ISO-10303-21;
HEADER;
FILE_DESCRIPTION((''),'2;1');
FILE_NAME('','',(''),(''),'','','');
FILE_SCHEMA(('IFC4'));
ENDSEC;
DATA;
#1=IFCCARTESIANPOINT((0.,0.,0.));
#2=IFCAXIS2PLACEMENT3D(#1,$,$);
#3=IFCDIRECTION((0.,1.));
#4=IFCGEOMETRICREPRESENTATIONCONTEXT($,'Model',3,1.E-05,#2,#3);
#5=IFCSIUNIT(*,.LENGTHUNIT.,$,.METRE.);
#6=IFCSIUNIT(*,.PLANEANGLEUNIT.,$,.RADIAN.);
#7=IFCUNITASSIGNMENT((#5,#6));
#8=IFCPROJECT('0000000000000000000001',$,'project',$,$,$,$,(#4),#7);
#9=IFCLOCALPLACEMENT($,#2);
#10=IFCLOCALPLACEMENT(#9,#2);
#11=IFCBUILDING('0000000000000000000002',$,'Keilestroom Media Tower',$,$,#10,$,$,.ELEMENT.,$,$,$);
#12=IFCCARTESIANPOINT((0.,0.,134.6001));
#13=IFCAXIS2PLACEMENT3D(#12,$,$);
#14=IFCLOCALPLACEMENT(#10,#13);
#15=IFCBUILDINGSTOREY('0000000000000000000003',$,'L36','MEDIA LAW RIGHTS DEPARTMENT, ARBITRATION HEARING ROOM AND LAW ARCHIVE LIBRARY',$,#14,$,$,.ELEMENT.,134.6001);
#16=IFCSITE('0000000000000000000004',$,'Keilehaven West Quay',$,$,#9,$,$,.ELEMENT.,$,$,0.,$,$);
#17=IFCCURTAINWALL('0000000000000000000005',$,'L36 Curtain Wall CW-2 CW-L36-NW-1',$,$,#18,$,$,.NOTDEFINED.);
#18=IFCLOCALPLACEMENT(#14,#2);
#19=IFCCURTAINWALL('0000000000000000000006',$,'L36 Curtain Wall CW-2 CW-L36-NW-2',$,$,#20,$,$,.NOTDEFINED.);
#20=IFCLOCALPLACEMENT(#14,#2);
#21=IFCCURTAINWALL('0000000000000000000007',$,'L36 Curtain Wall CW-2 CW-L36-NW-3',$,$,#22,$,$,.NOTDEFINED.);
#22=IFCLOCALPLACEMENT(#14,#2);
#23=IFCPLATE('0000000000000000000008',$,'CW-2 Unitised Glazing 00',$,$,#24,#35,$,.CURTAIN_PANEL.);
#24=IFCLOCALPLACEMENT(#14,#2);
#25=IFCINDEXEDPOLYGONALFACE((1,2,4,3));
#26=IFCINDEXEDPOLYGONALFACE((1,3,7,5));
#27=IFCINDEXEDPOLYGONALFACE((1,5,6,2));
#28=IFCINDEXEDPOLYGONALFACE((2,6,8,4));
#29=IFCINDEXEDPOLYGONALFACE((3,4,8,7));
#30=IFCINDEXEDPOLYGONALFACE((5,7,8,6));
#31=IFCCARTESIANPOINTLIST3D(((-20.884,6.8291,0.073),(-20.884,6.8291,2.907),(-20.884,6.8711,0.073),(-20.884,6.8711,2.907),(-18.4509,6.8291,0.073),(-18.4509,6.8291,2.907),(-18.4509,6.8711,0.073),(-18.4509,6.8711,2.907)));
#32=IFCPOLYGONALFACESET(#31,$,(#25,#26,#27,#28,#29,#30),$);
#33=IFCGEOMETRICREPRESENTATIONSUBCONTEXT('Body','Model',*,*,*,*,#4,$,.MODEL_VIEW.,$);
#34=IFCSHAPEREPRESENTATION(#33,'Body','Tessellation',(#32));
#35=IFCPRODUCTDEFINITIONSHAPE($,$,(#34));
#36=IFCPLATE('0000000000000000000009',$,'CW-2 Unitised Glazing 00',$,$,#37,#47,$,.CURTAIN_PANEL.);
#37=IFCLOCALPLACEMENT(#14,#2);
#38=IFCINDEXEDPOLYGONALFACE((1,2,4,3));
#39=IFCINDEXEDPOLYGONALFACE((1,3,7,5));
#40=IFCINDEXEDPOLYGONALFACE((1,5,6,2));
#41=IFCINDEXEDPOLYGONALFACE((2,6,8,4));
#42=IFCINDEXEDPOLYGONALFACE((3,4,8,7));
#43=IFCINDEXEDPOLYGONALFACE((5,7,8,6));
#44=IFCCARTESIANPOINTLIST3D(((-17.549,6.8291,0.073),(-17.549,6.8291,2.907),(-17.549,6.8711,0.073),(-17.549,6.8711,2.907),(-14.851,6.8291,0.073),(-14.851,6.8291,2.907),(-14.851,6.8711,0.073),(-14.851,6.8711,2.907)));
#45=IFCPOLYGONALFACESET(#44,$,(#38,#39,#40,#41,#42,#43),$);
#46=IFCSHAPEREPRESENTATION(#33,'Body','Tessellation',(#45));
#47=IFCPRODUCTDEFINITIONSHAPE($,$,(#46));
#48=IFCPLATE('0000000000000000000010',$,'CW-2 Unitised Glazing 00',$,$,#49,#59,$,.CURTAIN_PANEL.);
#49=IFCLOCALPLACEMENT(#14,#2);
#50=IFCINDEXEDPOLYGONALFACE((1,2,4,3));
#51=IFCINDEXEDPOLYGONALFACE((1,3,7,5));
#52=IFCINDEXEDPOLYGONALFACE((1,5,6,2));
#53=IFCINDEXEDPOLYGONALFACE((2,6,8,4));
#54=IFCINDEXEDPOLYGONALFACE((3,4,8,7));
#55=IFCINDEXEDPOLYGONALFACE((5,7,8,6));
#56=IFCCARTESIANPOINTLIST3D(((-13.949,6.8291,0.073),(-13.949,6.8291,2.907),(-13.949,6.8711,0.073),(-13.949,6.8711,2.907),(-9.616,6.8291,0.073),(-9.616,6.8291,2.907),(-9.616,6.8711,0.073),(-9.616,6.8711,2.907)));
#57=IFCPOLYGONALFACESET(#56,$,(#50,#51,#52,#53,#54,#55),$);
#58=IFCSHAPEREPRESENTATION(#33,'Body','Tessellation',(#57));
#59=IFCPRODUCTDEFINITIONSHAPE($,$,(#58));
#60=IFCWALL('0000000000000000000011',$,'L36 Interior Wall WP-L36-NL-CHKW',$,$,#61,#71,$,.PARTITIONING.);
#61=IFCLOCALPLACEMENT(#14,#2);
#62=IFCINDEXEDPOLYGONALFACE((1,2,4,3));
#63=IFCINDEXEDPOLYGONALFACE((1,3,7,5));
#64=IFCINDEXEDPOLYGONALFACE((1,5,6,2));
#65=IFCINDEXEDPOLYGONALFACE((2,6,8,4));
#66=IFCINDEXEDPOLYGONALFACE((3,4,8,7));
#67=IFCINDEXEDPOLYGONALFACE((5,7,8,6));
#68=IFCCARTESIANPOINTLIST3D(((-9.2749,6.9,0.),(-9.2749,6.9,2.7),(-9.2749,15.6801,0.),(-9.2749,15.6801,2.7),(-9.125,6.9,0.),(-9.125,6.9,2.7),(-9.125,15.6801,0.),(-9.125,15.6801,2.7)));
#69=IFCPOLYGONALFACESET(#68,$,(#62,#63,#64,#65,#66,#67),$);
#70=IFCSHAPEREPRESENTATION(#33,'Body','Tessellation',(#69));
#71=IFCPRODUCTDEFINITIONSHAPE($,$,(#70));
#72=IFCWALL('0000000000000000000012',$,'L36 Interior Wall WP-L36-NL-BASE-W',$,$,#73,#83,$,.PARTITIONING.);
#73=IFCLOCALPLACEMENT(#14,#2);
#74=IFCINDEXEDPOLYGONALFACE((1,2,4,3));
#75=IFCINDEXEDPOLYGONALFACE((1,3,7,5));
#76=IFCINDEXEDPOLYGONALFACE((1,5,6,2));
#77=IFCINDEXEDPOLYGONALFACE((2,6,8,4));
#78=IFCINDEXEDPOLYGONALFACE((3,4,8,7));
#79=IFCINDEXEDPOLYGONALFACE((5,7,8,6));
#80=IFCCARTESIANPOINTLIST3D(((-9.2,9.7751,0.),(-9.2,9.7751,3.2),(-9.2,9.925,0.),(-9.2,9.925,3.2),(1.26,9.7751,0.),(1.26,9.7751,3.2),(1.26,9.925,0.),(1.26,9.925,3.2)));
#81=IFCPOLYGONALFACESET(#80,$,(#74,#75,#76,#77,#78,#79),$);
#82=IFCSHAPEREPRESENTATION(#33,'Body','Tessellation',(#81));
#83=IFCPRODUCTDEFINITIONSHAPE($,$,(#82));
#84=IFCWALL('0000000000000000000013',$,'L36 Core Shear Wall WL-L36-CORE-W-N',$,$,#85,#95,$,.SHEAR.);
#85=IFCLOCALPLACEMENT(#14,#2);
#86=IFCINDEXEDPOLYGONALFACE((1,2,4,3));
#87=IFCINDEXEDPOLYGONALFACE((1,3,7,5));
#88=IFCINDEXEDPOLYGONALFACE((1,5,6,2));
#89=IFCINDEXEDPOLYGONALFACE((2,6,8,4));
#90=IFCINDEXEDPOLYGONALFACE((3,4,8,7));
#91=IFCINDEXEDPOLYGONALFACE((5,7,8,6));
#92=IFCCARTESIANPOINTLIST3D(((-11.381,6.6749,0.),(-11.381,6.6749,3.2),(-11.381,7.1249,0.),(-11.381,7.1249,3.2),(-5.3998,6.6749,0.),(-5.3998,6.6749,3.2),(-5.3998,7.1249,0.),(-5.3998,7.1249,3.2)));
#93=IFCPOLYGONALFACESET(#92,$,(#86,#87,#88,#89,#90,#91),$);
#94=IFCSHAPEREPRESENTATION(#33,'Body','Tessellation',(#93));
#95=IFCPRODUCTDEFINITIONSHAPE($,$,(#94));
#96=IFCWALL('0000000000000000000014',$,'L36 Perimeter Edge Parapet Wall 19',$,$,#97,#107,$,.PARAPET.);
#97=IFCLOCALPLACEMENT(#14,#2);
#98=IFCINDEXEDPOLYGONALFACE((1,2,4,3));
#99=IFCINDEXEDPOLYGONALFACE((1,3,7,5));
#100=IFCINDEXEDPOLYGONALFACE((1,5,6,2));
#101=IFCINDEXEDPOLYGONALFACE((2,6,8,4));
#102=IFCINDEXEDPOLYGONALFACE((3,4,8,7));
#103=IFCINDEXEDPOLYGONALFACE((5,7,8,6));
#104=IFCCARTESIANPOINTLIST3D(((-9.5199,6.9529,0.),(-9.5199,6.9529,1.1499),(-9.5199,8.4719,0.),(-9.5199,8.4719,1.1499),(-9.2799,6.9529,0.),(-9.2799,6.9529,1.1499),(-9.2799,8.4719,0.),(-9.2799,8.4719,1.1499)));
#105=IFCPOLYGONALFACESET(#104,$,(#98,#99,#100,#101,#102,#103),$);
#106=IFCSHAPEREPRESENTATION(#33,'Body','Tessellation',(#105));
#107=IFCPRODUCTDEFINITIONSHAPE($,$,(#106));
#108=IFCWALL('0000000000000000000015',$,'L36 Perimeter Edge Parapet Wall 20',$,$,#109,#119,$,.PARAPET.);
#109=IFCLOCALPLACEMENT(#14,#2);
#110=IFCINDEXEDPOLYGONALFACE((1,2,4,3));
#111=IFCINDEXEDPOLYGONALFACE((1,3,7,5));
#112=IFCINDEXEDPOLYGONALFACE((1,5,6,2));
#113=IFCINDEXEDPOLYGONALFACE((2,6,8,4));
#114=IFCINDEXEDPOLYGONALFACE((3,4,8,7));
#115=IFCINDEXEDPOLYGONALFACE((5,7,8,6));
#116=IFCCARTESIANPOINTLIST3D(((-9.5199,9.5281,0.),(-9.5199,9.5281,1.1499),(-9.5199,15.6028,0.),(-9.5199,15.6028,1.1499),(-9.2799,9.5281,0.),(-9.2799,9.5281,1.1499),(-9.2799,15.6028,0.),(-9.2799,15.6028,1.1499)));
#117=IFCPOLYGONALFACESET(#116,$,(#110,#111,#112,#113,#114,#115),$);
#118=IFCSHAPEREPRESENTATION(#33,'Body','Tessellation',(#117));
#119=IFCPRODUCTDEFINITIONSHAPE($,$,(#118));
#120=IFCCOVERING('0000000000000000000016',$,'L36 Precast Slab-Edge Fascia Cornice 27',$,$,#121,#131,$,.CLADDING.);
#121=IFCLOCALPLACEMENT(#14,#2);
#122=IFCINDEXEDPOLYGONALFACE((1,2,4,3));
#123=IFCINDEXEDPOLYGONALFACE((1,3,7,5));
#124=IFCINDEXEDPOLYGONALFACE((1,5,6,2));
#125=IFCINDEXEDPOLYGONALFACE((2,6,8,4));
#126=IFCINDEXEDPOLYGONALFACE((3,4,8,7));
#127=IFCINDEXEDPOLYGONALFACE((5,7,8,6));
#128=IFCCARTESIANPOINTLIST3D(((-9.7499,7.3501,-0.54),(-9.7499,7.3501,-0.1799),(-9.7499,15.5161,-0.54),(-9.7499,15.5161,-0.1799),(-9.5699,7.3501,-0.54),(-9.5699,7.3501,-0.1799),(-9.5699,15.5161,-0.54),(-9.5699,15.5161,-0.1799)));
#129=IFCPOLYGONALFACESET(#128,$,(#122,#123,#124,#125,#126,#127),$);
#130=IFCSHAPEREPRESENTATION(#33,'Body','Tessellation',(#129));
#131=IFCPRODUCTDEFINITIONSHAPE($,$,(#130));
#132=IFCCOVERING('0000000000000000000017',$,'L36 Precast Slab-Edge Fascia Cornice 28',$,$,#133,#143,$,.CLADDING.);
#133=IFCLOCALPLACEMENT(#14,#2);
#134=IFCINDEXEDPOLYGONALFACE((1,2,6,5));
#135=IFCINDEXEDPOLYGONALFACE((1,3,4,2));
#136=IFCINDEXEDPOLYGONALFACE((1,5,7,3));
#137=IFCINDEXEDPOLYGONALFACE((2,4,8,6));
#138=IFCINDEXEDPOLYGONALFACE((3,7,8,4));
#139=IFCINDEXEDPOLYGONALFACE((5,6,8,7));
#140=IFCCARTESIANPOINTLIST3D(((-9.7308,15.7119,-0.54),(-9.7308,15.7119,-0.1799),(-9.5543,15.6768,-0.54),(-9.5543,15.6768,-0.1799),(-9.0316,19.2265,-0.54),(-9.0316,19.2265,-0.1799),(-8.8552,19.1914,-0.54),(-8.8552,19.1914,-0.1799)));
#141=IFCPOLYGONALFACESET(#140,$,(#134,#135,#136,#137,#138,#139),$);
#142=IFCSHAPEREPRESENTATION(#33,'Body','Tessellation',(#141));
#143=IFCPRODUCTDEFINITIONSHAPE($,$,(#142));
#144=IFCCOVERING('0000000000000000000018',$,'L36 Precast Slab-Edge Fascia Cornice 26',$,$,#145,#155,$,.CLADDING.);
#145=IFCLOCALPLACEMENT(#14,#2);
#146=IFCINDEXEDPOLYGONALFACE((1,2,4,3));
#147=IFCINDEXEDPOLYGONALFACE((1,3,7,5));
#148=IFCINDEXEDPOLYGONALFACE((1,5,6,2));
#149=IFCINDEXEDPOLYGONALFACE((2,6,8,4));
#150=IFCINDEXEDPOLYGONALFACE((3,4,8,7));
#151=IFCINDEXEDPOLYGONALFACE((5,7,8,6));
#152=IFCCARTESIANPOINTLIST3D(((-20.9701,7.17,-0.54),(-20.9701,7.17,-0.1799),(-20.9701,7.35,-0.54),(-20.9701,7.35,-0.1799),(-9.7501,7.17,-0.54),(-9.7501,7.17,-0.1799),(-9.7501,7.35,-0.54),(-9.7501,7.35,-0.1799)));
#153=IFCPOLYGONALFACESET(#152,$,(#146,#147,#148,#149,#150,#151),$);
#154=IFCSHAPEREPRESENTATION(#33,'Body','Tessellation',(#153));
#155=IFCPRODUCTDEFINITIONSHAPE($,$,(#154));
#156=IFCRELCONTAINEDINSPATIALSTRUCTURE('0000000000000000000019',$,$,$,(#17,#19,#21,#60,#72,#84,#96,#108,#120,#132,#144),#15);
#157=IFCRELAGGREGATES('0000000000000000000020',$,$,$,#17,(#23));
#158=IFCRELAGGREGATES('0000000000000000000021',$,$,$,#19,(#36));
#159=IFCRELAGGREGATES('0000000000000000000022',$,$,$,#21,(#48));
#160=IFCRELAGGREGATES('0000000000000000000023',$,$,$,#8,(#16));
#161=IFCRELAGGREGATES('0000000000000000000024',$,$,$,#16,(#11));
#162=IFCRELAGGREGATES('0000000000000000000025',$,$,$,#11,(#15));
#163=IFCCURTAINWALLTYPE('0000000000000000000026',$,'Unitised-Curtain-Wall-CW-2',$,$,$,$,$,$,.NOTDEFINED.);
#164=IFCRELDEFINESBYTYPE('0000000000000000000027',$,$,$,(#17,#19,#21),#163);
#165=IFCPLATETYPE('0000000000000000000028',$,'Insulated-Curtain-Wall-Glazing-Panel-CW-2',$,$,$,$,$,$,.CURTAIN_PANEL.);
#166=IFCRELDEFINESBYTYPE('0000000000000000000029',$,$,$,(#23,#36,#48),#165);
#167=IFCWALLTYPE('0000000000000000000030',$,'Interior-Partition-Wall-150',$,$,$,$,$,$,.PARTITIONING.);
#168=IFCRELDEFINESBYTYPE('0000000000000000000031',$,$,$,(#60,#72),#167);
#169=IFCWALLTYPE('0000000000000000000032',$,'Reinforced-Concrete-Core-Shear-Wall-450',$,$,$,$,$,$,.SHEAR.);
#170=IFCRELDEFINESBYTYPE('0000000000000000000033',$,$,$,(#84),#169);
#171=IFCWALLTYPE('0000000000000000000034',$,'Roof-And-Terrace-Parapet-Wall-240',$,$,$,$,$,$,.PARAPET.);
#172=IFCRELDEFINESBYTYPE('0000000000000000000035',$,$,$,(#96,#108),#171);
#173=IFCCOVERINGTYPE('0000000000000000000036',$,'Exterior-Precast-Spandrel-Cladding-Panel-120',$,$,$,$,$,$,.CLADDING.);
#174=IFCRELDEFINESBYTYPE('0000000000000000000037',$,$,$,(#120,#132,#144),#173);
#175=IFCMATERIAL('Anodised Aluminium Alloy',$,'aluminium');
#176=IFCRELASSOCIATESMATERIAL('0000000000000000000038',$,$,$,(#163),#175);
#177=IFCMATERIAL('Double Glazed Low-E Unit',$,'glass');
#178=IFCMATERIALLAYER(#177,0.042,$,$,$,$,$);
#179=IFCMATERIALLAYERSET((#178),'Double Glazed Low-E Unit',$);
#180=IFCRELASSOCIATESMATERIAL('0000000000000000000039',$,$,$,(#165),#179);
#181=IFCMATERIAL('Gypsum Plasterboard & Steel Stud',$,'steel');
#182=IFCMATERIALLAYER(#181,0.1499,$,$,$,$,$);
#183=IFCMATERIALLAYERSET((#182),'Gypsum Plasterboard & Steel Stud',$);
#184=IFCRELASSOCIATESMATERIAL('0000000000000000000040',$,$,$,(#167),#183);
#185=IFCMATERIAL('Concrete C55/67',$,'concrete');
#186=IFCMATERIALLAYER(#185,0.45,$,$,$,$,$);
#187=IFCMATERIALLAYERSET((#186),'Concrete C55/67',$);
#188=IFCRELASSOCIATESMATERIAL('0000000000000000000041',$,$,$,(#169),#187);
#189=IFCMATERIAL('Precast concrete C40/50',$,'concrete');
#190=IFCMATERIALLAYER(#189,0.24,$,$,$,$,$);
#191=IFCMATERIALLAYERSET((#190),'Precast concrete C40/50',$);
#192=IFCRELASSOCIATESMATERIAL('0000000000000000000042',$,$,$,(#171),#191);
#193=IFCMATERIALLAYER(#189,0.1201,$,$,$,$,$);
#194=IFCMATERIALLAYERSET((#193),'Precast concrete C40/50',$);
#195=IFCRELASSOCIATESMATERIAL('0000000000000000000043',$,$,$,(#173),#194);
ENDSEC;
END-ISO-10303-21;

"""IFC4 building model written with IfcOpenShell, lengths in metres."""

from ifc_helpers import new_model, si_unit, direction, frame, frame_2d, origin, origin_2d, place, context, subcontext, project, spatial, rectangle, extrude, source, transform, mapped, material, layer, layer_set, type_object, element, aggregate, save


model = new_model("IFC4")

# Units and contexts
model_context = context("Model", 3, precision=1e-05, world=origin(), true_north=direction((0.0, 1.0)))
body_context = subcontext(model_context, "Body", "Model", "MODEL_VIEW")
ifc_project = project(units=[si_unit("LENGTHUNIT", "METRE"), si_unit("PLANEANGLEUNIT", "RADIAN")], contexts=[model_context])

# Site, building, storey
site_placement = place(None, origin())
site = spatial("IfcSite", under=ifc_project, at=site_placement, Name="Keilehaven West Quay", CompositionType="ELEMENT", RefElevation=0.0)
building_placement = place(site_placement, origin())
building = spatial("IfcBuilding", under=site, at=building_placement, Name="Keilestroom Media Tower", CompositionType="ELEMENT")
storey_placement = place(building_placement, frame((0.0, 0.0, 134.6001)))
storey = spatial("IfcBuildingStorey", under=building, at=storey_placement, Name="L36", Description="MEDIA LAW RIGHTS DEPARTMENT, ARBITRATION HEARING ROOM AND LAW ARCHIVE LIBRARY", CompositionType="ELEMENT", Elevation=134.6001)

# Shared definitions
ifc_material_1 = material(Name="Precast concrete C40/50", Category="concrete")
ifc_material_2 = material(Name="Concrete C55/67", Category="concrete")

# Curtain walls
ifc_material_3 = material(Name="Anodised Aluminium Alloy", Category="aluminium")
curtain_wall_type = type_object("IfcCurtainWallType", Name="Unitised-Curtain-Wall-CW-2", PredefinedType="NOTDEFINED", material=ifc_material_3)
curtain_wall_1_placement = place(storey_placement, origin())
curtain_wall_1 = element("IfcCurtainWall", 1, at=curtain_wall_1_placement, inside=storey, type_object=curtain_wall_type, Name="L36 Curtain Wall CW-2 CW-L36-NW-1", PredefinedType="NOTDEFINED")
curtain_wall_2_placement = place(storey_placement, origin())
curtain_wall_2 = element("IfcCurtainWall", 2, at=curtain_wall_2_placement, inside=storey, type_object=curtain_wall_type, Name="L36 Curtain Wall CW-2 CW-L36-NW-2", PredefinedType="NOTDEFINED")
curtain_wall_3_placement = place(storey_placement, origin())
curtain_wall_3 = element("IfcCurtainWall", 3, at=curtain_wall_3_placement, inside=storey, type_object=curtain_wall_type, Name="L36 Curtain Wall CW-2 CW-L36-NW-3", PredefinedType="NOTDEFINED")

# Plates
ifc_material_4 = material(Name="Double Glazed Low-E Unit", Category="glass")
ifc_layer_1 = layer(ifc_material_4, 0.042)
ifc_layer_set_1 = layer_set([ifc_layer_1], Name="Double Glazed Low-E Unit")
plate_type = type_object("IfcPlateType", Name="Insulated-Curtain-Wall-Glazing-Panel-CW-2", PredefinedType="CURTAIN_PANEL", material=ifc_layer_set_1)
shared_shape_1 = source(origin(), body_context, "Body", "SweptSolid", [
    extrude(rectangle(XDim=2.4331, YDim=0.042, at=origin_2d()), origin(), (0.0, 0.0, 1.0), 2.834),
])
plate_1_placement = place(storey_placement, frame((-19.6675, 6.8501, 0.073), z_axis=(0.0, 0.0, 1.0), x_axis=(1.0, 0.0, 0.0)))
plate_1 = element("IfcPlate", 4, at=plate_1_placement, type_object=plate_type, Name="CW-2 Unitised Glazing 00", PredefinedType="CURTAIN_PANEL", context=body_context, shape_type="MappedRepresentation", body=[
    mapped(shared_shape_1, transform((0.0, 0.0, 0.0), x_axis=(1.0, 0.0, 0.0), y_axis=(0.0, 1.0, 0.0), z_axis=(0.0, 0.0, 1.0), scale=1.0)),
])
aggregate(curtain_wall_1, [plate_1])
shared_shape_2 = source(origin(), body_context, "Body", "SweptSolid", [
    extrude(rectangle(XDim=2.698, YDim=0.042, at=origin_2d()), origin(), (0.0, 0.0, 1.0), 2.834),
])
plate_2_placement = place(storey_placement, frame((-16.2, 6.8501, 0.073), z_axis=(0.0, 0.0, 1.0), x_axis=(1.0, 0.0, 0.0)))
plate_2 = element("IfcPlate", 5, at=plate_2_placement, type_object=plate_type, Name="CW-2 Unitised Glazing 00", PredefinedType="CURTAIN_PANEL", context=body_context, shape_type="MappedRepresentation", body=[
    mapped(shared_shape_2, transform((0.0, 0.0, 0.0), x_axis=(1.0, 0.0, 0.0), y_axis=(0.0, 1.0, 0.0), z_axis=(0.0, 0.0, 1.0), scale=1.0)),
])
aggregate(curtain_wall_2, [plate_2])
shared_shape_3 = source(origin(), body_context, "Body", "SweptSolid", [
    extrude(rectangle(XDim=4.333, YDim=0.042, at=origin_2d()), origin(), (0.0, 0.0, 1.0), 2.834),
])
plate_3_placement = place(storey_placement, frame((-11.7825, 6.8501, 0.073), z_axis=(0.0, 0.0, 1.0), x_axis=(1.0, 0.0, 0.0)))
plate_3 = element("IfcPlate", 6, at=plate_3_placement, type_object=plate_type, Name="CW-2 Unitised Glazing 00", PredefinedType="CURTAIN_PANEL", context=body_context, shape_type="MappedRepresentation", body=[
    mapped(shared_shape_3, transform((0.0, 0.0, 0.0), x_axis=(1.0, 0.0, 0.0), y_axis=(0.0, 1.0, 0.0), z_axis=(0.0, 0.0, 1.0), scale=1.0)),
])
aggregate(curtain_wall_3, [plate_3])

# Walls
ifc_material_5 = material(Name="Gypsum Plasterboard & Steel Stud", Category="steel")
ifc_layer_2 = layer(ifc_material_5, 0.1499)
ifc_layer_set_2 = layer_set([ifc_layer_2], Name="Gypsum Plasterboard & Steel Stud")
wall_type_1 = type_object("IfcWallType", Name="Interior-Partition-Wall-150", PredefinedType="PARTITIONING", material=ifc_layer_set_2)
wall_1_placement = place(storey_placement, frame((-9.2, 6.8999, 0.0), z_axis=(0.0, 0.0, 1.0), x_axis=(0.0, 1.0, 0.0)))
element("IfcWall", 7, at=wall_1_placement, inside=storey, type_object=wall_type_1, Name="L36 Interior Wall WP-L36-NL-CHKW", PredefinedType="PARTITIONING", context=body_context, shape_type="SweptSolid", body=[
    extrude(rectangle(XDim=8.78, YDim=0.1499, at=frame_2d((4.3901, 0.0))), origin(), (0.0, 0.0, 1.0), 2.7),
])
wall_2_placement = place(storey_placement, frame((-9.2, 9.8501, 0.0), z_axis=(0.0, 0.0, 1.0), x_axis=(1.0, 0.0, 0.0)))
element("IfcWall", 8, at=wall_2_placement, inside=storey, type_object=wall_type_1, Name="L36 Interior Wall WP-L36-NL-BASE-W", PredefinedType="PARTITIONING", context=body_context, shape_type="SweptSolid", body=[
    extrude(rectangle(XDim=10.46, YDim=0.1499, at=frame_2d((5.23, 0.0))), origin(), (0.0, 0.0, 1.0), 3.2),
])
ifc_layer_3 = layer(ifc_material_2, 0.45)
ifc_layer_set_3 = layer_set([ifc_layer_3], Name="Concrete C55/67")
wall_type_2 = type_object("IfcWallType", Name="Reinforced-Concrete-Core-Shear-Wall-450", PredefinedType="SHEAR", material=ifc_layer_set_3)
wall_3_placement = place(storey_placement, frame((-11.3811, 6.8999, 0.0), z_axis=(0.0, 0.0, 1.0), x_axis=(1.0, 0.0, 0.0)))
element("IfcWall", 9, at=wall_3_placement, inside=storey, type_object=wall_type_2, Name="L36 Core Shear Wall WL-L36-CORE-W-N", PredefinedType="SHEAR", context=body_context, shape_type="SweptSolid", body=[
    extrude(rectangle(XDim=5.9812, YDim=0.45, at=frame_2d((2.9907, 0.0))), origin(), (0.0, 0.0, 1.0), 3.2),
])
ifc_layer_4 = layer(ifc_material_1, 0.24)
ifc_layer_set_4 = layer_set([ifc_layer_4], Name="Precast concrete C40/50")
wall_type_3 = type_object("IfcWallType", Name="Roof-And-Terrace-Parapet-Wall-240", PredefinedType="PARAPET", material=ifc_layer_set_4)
wall_4_placement = place(storey_placement, frame((-9.3999, 6.9529, 0.0), z_axis=(0.0, 0.0, 1.0), x_axis=(0.0, 1.0, 0.0)))
element("IfcWall", 10, at=wall_4_placement, inside=storey, type_object=wall_type_3, Name="L36 Perimeter Edge Parapet Wall 19", PredefinedType="PARAPET", context=body_context, shape_type="SweptSolid", body=[
    extrude(rectangle(XDim=1.519, YDim=0.24, at=frame_2d((0.7595, 0.0))), origin(), (0.0, 0.0, 1.0), 1.1499),
])
wall_5_placement = place(storey_placement, frame((-9.3999, 9.5281, 0.0), z_axis=(0.0, 0.0, 1.0), x_axis=(0.0, 1.0, 0.0)))
element("IfcWall", 11, at=wall_5_placement, inside=storey, type_object=wall_type_3, Name="L36 Perimeter Edge Parapet Wall 20", PredefinedType="PARAPET", context=body_context, shape_type="SweptSolid", body=[
    extrude(rectangle(XDim=6.0747, YDim=0.24, at=frame_2d((3.0374, 0.0))), origin(), (0.0, 0.0, 1.0), 1.1499),
])

# Coverings
ifc_layer_5 = layer(ifc_material_1, 0.1201)
ifc_layer_set_5 = layer_set([ifc_layer_5], Name="Precast concrete C40/50")
covering_type = type_object("IfcCoveringType", Name="Exterior-Precast-Spandrel-Cladding-Panel-120", PredefinedType="CLADDING", material=ifc_layer_set_5)
shared_shape_4 = source(origin(), body_context, "Body", "SweptSolid", [
    extrude(rectangle(XDim=8.166, YDim=0.1799, at=origin_2d()), origin(), (0.0, 0.0, 1.0), 0.3601),
])
covering_1_placement = place(storey_placement, frame((-9.6599, 11.4331, -0.54), z_axis=(0.0, 0.0, 1.0), x_axis=(0.0, 1.0, 0.0)))
element("IfcCovering", 12, at=covering_1_placement, inside=storey, type_object=covering_type, Name="L36 Precast Slab-Edge Fascia Cornice 27", PredefinedType="CLADDING", context=body_context, shape_type="MappedRepresentation", body=[
    mapped(shared_shape_4, transform((0.0, 0.0, 0.0), x_axis=(1.0, 0.0, 0.0), y_axis=(0.0, 1.0, 0.0), z_axis=(0.0, 0.0, 1.0), scale=1.0)),
])
shared_shape_5 = source(origin(), body_context, "Body", "SweptSolid", [
    extrude(rectangle(XDim=3.5835, YDim=0.1799, at=origin_2d()), origin(), (0.0, 0.0, 1.0), 0.3601),
])
covering_2_placement = place(storey_placement, frame((-9.293, 17.4517, -0.54), z_axis=(0.0, 0.0, 1.0), x_axis=(0.195099, 0.980784, 0.0)))
element("IfcCovering", 13, at=covering_2_placement, inside=storey, type_object=covering_type, Name="L36 Precast Slab-Edge Fascia Cornice 28", PredefinedType="CLADDING", context=body_context, shape_type="MappedRepresentation", body=[
    mapped(shared_shape_5, transform((0.0, 0.0, 0.0), x_axis=(1.0, 0.0, 0.0), y_axis=(0.0, 1.0, 0.0), z_axis=(0.0, 0.0, 1.0), scale=1.0)),
])
shared_shape_6 = source(origin(), body_context, "Body", "SweptSolid", [
    extrude(rectangle(XDim=11.22, YDim=0.1799, at=origin_2d()), origin(), (0.0, 0.0, 1.0), 0.3601),
])
covering_3_placement = place(storey_placement, frame((-15.3601, 7.26, -0.54), z_axis=(0.0, 0.0, 1.0), x_axis=(1.0, 0.0, 0.0)))
element("IfcCovering", 14, at=covering_3_placement, inside=storey, type_object=covering_type, Name="L36 Precast Slab-Edge Fascia Cornice 26", PredefinedType="CLADDING", context=body_context, shape_type="MappedRepresentation", body=[
    mapped(shared_shape_6, transform((0.0, 0.0, 0.0), x_axis=(1.0, 0.0, 0.0), y_axis=(0.0, 1.0, 0.0), z_axis=(0.0, 0.0, 1.0), scale=1.0)),
])

save(model, "model.ifc")
